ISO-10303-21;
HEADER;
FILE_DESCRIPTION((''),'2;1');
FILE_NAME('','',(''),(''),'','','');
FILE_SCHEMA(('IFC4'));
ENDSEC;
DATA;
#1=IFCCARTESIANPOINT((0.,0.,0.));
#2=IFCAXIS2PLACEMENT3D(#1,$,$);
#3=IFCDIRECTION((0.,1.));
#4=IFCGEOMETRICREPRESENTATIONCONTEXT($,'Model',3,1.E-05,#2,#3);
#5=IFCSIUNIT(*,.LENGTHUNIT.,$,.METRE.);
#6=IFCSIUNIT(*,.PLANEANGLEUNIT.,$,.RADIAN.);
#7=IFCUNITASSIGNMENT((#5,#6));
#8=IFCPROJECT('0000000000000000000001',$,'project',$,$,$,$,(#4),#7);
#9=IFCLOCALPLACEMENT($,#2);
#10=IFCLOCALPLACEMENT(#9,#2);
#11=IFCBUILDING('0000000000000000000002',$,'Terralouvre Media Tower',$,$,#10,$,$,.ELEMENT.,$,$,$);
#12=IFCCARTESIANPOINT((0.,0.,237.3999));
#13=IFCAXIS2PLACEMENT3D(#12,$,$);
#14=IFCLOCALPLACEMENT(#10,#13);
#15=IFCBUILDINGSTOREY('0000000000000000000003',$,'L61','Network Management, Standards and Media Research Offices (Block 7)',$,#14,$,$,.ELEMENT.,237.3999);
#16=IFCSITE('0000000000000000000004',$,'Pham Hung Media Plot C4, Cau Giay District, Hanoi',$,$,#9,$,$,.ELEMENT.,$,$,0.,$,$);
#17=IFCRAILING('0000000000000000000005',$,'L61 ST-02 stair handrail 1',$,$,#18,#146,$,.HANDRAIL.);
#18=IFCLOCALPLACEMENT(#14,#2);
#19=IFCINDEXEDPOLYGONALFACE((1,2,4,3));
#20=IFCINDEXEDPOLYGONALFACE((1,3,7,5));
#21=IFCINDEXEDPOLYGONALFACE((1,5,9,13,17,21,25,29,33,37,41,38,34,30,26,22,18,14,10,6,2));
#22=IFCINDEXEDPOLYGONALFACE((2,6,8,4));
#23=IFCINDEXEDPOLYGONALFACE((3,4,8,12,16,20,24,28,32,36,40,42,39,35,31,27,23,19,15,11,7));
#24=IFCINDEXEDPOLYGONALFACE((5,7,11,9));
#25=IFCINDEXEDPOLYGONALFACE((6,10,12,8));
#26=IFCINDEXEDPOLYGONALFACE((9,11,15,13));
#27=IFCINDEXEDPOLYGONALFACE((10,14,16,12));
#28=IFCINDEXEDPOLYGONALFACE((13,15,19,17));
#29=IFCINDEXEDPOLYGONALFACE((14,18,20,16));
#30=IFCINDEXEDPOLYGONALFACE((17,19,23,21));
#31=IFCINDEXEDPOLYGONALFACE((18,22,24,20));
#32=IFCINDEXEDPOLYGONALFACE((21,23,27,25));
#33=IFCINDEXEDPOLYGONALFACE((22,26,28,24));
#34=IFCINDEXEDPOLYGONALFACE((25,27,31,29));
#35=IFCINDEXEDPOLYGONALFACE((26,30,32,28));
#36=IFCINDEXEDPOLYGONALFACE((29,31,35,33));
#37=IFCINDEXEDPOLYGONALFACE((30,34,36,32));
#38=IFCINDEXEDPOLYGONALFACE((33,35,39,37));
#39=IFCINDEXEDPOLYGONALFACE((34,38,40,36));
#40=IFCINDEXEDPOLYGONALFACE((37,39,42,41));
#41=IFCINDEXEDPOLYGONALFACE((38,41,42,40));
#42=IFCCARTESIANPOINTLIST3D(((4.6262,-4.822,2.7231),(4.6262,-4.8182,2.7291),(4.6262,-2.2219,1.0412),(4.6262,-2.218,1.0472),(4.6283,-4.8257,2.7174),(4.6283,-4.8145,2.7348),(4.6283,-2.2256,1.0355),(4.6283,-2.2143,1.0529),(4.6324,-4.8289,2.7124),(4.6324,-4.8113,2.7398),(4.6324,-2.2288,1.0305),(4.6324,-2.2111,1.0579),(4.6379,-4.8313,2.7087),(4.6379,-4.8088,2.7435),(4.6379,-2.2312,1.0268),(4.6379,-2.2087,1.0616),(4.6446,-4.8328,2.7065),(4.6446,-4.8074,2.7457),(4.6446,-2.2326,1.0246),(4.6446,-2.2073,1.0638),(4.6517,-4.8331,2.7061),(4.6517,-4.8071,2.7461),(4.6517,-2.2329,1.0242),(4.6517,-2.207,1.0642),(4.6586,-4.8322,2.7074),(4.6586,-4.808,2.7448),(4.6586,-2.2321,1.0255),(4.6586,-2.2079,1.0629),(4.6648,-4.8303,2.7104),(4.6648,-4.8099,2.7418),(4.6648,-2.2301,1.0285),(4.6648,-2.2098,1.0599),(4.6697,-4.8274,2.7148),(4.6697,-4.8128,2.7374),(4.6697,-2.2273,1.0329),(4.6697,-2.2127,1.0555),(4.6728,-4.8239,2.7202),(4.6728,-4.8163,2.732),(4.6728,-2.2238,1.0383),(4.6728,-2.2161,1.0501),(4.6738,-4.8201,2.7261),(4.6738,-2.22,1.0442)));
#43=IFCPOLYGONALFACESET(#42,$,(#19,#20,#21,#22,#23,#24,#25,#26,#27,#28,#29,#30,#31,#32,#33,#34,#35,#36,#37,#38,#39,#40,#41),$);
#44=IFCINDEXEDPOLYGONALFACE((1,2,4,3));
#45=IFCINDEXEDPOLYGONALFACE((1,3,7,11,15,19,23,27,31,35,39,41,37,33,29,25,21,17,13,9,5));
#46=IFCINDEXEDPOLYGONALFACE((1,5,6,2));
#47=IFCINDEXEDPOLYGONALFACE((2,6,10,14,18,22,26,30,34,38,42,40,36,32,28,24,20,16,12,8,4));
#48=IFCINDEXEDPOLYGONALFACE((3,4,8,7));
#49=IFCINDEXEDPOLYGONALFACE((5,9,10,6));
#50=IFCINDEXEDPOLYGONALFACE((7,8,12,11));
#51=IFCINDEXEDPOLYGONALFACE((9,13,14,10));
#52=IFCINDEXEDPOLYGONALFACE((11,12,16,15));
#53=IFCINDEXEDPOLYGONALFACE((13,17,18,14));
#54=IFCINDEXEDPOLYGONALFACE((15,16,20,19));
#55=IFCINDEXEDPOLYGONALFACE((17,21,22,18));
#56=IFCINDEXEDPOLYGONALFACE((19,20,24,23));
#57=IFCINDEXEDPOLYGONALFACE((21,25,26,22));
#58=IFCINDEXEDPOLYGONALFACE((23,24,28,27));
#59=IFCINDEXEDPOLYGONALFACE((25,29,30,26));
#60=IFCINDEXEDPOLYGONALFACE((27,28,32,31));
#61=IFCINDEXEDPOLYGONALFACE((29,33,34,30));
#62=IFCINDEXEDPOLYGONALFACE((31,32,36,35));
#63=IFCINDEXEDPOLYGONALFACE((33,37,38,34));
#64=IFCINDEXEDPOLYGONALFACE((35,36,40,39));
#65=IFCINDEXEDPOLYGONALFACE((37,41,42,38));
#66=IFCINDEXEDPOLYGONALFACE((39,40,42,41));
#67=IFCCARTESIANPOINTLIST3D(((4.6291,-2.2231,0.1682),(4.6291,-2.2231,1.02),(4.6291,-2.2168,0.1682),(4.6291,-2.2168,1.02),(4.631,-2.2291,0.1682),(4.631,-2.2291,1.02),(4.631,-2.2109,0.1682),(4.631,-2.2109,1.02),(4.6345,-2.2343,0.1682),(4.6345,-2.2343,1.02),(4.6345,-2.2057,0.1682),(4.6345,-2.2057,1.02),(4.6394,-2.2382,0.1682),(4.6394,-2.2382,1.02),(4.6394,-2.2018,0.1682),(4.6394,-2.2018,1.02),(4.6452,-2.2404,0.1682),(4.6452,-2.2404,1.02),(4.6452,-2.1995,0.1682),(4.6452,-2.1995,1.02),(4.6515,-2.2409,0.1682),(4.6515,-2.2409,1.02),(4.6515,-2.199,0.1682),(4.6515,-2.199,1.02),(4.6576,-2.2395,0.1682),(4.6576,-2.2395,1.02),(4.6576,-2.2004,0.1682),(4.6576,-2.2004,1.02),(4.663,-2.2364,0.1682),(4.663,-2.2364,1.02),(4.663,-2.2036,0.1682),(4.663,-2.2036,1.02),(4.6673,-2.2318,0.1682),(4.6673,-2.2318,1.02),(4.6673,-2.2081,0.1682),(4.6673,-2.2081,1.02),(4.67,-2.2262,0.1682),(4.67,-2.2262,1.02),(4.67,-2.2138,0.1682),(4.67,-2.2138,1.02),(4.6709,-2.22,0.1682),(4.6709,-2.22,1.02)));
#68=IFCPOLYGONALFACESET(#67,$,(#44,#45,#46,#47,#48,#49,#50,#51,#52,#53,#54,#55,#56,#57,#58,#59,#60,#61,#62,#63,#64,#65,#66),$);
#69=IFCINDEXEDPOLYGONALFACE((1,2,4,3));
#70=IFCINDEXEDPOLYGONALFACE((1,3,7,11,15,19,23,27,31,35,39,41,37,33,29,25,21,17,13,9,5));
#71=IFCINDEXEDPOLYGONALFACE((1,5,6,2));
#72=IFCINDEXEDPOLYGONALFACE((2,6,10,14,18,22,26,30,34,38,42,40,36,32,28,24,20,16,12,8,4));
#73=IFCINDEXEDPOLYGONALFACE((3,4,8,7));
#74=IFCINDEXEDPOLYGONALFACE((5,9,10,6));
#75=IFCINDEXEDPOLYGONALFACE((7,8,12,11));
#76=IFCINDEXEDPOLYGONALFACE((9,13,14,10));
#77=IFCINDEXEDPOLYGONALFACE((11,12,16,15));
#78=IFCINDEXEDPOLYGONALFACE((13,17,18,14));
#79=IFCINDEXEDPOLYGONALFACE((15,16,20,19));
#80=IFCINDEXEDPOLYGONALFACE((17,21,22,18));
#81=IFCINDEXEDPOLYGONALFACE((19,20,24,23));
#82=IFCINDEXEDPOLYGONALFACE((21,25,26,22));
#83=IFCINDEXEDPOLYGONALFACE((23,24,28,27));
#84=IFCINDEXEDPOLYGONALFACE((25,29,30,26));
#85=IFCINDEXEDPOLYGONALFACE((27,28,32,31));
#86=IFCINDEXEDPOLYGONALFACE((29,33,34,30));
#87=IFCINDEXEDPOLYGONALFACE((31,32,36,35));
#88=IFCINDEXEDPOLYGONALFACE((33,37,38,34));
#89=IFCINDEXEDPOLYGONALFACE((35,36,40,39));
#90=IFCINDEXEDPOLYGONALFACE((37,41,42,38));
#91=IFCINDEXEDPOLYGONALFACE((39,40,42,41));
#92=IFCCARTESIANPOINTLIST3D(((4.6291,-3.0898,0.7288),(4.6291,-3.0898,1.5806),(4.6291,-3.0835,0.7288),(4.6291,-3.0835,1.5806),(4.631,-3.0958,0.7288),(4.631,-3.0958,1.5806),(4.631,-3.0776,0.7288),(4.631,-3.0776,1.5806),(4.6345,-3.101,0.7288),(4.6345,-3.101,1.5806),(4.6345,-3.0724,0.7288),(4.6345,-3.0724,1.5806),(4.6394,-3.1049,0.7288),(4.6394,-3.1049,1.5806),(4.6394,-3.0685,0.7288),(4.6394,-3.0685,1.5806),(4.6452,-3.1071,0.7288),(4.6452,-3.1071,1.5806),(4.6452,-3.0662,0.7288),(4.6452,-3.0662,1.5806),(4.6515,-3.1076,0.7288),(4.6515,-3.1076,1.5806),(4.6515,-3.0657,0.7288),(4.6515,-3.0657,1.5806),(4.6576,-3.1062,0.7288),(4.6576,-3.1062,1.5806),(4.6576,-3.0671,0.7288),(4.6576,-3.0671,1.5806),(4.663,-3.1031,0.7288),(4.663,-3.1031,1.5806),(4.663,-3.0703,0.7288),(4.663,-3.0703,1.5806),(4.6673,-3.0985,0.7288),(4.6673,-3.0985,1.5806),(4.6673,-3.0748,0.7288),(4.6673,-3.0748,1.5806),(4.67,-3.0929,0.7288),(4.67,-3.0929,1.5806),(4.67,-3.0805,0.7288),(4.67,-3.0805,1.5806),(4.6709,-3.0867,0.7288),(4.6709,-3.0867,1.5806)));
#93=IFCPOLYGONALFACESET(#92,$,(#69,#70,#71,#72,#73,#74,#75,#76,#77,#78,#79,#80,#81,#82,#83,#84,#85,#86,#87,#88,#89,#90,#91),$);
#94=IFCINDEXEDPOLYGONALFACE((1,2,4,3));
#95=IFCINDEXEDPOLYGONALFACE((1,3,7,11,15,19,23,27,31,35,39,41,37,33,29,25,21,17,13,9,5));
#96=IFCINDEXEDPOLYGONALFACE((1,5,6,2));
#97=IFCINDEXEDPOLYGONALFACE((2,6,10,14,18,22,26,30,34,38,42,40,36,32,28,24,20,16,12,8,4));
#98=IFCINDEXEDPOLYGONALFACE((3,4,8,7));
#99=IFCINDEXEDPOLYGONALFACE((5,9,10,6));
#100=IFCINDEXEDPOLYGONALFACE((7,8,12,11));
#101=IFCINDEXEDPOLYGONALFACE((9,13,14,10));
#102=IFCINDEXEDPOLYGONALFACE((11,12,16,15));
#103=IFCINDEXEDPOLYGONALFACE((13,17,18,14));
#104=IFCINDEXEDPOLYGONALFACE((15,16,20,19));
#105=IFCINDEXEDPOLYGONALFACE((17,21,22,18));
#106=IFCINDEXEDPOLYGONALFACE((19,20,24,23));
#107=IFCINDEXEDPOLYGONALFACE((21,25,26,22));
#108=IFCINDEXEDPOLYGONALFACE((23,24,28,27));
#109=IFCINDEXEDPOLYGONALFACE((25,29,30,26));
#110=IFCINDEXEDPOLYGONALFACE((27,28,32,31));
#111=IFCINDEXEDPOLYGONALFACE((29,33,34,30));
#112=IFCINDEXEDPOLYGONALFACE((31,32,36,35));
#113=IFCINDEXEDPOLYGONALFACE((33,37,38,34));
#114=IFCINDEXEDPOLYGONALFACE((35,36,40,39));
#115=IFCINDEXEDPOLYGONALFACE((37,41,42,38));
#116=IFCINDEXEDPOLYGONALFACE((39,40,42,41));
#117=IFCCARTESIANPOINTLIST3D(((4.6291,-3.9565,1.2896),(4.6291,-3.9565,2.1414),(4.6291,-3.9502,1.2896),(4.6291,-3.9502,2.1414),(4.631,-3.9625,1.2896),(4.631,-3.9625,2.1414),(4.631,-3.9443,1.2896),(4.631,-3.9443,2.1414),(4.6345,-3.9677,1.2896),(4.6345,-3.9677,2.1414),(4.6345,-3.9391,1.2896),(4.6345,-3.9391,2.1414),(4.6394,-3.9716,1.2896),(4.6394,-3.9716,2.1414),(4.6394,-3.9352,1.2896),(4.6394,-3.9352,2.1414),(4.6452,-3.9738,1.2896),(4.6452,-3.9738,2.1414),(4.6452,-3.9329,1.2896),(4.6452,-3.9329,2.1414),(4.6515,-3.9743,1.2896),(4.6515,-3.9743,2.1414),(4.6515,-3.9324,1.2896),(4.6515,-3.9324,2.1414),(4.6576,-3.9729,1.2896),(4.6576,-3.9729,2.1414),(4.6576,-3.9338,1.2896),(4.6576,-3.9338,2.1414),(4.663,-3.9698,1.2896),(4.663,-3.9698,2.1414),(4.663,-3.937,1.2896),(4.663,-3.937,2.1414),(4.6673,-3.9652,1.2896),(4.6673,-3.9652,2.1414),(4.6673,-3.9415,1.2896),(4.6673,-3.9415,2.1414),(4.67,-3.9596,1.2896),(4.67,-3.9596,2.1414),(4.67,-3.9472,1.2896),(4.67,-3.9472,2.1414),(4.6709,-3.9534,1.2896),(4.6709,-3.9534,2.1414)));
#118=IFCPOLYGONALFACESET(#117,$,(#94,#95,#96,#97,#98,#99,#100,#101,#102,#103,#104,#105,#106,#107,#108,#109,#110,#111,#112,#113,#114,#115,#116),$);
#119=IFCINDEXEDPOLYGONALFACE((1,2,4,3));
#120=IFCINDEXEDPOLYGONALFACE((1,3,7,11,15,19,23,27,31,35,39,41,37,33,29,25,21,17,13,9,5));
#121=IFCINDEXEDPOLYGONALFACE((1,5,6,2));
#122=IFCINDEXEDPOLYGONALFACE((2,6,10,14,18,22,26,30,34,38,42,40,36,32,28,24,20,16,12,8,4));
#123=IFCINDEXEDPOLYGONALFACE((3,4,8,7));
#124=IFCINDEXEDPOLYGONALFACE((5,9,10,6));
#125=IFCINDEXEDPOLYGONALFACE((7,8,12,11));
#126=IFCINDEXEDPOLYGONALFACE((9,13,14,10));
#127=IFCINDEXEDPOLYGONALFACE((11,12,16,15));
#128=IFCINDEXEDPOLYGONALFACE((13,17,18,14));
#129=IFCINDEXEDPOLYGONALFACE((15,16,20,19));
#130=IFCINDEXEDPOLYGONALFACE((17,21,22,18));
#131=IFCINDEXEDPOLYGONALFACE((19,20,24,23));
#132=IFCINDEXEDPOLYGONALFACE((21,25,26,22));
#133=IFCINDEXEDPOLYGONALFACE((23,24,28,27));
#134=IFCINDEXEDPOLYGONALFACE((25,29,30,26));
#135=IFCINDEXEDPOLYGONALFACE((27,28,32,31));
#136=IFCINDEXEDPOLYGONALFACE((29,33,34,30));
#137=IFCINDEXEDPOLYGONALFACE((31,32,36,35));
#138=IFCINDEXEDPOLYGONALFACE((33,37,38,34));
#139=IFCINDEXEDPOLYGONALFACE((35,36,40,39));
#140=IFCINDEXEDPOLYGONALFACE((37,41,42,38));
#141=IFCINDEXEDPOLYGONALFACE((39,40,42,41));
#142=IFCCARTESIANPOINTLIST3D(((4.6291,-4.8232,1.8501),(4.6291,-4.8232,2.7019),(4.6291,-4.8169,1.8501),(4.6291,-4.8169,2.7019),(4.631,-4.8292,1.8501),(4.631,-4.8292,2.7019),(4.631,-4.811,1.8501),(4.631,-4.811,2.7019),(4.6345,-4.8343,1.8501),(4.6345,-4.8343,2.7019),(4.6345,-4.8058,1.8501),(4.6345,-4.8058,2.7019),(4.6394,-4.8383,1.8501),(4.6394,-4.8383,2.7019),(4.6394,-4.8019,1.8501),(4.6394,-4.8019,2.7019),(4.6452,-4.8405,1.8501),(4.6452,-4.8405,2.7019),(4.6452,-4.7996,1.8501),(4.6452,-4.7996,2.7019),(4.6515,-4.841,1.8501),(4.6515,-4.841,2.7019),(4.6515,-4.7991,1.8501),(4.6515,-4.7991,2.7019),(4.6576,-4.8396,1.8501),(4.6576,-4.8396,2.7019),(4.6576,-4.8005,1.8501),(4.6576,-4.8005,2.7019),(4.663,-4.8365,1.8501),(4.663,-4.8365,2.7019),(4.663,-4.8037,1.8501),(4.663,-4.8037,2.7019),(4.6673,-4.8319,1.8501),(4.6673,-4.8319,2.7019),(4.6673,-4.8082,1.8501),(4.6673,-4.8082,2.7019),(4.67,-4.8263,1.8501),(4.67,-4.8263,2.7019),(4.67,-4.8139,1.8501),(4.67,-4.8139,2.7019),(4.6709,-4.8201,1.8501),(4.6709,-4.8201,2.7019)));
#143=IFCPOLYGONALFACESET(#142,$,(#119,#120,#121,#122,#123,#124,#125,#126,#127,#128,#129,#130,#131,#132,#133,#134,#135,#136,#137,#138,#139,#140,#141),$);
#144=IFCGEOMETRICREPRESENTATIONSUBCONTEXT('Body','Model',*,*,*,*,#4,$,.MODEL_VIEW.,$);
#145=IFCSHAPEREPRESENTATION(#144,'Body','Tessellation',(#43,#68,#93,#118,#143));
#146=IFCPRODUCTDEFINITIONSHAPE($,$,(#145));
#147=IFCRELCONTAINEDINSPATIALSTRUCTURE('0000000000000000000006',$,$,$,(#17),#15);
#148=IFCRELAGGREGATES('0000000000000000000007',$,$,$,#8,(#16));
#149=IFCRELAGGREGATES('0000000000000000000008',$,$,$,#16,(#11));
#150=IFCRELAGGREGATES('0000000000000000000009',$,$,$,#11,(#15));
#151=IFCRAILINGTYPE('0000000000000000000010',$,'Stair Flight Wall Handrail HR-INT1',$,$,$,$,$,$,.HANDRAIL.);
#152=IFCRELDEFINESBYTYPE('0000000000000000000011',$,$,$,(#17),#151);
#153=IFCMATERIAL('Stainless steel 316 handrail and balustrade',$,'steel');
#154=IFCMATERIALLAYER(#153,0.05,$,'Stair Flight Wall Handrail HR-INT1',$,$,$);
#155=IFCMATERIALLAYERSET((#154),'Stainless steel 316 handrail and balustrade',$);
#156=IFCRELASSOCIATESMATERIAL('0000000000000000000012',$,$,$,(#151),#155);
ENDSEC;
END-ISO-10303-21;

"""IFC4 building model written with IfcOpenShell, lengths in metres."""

from ifc_helpers import new_model, si_unit, direction, frame, origin, origin_2d, place, context, subcontext, project, spatial, circle, extrude, material, layer, layer_set, type_object, element, save


model = new_model("IFC4")

# Units and contexts
model_context = context("Model", 3, precision=1e-05, world=origin(), true_north=direction((0.0, 1.0)))
body_context = subcontext(model_context, "Body", "Model", "MODEL_VIEW")
ifc_project = project(units=[si_unit("LENGTHUNIT", "METRE"), si_unit("PLANEANGLEUNIT", "RADIAN")], contexts=[model_context])

# Site, building, storey
site_placement = place(None, origin())
site = spatial("IfcSite", under=ifc_project, at=site_placement, Name="Pham Hung Media Plot C4, Cau Giay District, Hanoi", CompositionType="ELEMENT", RefElevation=0.0)
building_placement = place(site_placement, origin())
building = spatial("IfcBuilding", under=site, at=building_placement, Name="Terralouvre Media Tower", CompositionType="ELEMENT")
storey_placement = place(building_placement, frame((0.0, 0.0, 237.3999)))
storey = spatial("IfcBuildingStorey", under=building, at=storey_placement, Name="L61", Description="Network Management, Standards and Media Research Offices (Block 7)", CompositionType="ELEMENT", Elevation=237.3999)

# Railing
ifc_material_1 = material(Name="Stainless steel 316 handrail and balustrade", Category="steel")
ifc_layer_1 = layer(ifc_material_1, 0.05, Name="Stair Flight Wall Handrail HR-INT1")
ifc_layer_set_1 = layer_set([ifc_layer_1], Name="Stainless steel 316 handrail and balustrade")
railing_type_1 = type_object("IfcRailingType", Name="Stair Flight Wall Handrail HR-INT1", PredefinedType="HANDRAIL", material=ifc_layer_set_1)
railing_1_placement = place(storey_placement, frame((4.6499, -2.22, 0.1682)))
element("IfcRailing", 1, at=railing_1_placement, inside=storey, type_object=railing_type_1, Name="L61 ST-02 stair handrail 1", PredefinedType="HANDRAIL", context=body_context, shape_type="SweptSolid", body=[
    extrude(circle(Radius=0.0239, at=origin_2d()), frame((0.0, 0.0, 0.876), z_axis=(0.0, -0.839648, 0.54313), x_axis=(1.0, 0.0, 0.0)), (0.0, 0.0, 1.0), 3.0967),
    extrude(circle(Radius=0.021, at=origin_2d()), origin(), (0.0, 0.0, 1.0), 0.8518),
    extrude(circle(Radius=0.021, at=origin_2d()), frame((0.0, -0.8667, 0.5605)), (0.0, 0.0, 1.0), 0.8518),
    extrude(circle(Radius=0.021, at=origin_2d()), frame((0.0, -1.7334, 1.1213)), (0.0, 0.0, 1.0), 0.8518),
    extrude(circle(Radius=0.021, at=origin_2d()), frame((0.0, -2.6001, 1.6819)), (0.0, 0.0, 1.0), 0.8518),
])

save(model, "model.ifc")
